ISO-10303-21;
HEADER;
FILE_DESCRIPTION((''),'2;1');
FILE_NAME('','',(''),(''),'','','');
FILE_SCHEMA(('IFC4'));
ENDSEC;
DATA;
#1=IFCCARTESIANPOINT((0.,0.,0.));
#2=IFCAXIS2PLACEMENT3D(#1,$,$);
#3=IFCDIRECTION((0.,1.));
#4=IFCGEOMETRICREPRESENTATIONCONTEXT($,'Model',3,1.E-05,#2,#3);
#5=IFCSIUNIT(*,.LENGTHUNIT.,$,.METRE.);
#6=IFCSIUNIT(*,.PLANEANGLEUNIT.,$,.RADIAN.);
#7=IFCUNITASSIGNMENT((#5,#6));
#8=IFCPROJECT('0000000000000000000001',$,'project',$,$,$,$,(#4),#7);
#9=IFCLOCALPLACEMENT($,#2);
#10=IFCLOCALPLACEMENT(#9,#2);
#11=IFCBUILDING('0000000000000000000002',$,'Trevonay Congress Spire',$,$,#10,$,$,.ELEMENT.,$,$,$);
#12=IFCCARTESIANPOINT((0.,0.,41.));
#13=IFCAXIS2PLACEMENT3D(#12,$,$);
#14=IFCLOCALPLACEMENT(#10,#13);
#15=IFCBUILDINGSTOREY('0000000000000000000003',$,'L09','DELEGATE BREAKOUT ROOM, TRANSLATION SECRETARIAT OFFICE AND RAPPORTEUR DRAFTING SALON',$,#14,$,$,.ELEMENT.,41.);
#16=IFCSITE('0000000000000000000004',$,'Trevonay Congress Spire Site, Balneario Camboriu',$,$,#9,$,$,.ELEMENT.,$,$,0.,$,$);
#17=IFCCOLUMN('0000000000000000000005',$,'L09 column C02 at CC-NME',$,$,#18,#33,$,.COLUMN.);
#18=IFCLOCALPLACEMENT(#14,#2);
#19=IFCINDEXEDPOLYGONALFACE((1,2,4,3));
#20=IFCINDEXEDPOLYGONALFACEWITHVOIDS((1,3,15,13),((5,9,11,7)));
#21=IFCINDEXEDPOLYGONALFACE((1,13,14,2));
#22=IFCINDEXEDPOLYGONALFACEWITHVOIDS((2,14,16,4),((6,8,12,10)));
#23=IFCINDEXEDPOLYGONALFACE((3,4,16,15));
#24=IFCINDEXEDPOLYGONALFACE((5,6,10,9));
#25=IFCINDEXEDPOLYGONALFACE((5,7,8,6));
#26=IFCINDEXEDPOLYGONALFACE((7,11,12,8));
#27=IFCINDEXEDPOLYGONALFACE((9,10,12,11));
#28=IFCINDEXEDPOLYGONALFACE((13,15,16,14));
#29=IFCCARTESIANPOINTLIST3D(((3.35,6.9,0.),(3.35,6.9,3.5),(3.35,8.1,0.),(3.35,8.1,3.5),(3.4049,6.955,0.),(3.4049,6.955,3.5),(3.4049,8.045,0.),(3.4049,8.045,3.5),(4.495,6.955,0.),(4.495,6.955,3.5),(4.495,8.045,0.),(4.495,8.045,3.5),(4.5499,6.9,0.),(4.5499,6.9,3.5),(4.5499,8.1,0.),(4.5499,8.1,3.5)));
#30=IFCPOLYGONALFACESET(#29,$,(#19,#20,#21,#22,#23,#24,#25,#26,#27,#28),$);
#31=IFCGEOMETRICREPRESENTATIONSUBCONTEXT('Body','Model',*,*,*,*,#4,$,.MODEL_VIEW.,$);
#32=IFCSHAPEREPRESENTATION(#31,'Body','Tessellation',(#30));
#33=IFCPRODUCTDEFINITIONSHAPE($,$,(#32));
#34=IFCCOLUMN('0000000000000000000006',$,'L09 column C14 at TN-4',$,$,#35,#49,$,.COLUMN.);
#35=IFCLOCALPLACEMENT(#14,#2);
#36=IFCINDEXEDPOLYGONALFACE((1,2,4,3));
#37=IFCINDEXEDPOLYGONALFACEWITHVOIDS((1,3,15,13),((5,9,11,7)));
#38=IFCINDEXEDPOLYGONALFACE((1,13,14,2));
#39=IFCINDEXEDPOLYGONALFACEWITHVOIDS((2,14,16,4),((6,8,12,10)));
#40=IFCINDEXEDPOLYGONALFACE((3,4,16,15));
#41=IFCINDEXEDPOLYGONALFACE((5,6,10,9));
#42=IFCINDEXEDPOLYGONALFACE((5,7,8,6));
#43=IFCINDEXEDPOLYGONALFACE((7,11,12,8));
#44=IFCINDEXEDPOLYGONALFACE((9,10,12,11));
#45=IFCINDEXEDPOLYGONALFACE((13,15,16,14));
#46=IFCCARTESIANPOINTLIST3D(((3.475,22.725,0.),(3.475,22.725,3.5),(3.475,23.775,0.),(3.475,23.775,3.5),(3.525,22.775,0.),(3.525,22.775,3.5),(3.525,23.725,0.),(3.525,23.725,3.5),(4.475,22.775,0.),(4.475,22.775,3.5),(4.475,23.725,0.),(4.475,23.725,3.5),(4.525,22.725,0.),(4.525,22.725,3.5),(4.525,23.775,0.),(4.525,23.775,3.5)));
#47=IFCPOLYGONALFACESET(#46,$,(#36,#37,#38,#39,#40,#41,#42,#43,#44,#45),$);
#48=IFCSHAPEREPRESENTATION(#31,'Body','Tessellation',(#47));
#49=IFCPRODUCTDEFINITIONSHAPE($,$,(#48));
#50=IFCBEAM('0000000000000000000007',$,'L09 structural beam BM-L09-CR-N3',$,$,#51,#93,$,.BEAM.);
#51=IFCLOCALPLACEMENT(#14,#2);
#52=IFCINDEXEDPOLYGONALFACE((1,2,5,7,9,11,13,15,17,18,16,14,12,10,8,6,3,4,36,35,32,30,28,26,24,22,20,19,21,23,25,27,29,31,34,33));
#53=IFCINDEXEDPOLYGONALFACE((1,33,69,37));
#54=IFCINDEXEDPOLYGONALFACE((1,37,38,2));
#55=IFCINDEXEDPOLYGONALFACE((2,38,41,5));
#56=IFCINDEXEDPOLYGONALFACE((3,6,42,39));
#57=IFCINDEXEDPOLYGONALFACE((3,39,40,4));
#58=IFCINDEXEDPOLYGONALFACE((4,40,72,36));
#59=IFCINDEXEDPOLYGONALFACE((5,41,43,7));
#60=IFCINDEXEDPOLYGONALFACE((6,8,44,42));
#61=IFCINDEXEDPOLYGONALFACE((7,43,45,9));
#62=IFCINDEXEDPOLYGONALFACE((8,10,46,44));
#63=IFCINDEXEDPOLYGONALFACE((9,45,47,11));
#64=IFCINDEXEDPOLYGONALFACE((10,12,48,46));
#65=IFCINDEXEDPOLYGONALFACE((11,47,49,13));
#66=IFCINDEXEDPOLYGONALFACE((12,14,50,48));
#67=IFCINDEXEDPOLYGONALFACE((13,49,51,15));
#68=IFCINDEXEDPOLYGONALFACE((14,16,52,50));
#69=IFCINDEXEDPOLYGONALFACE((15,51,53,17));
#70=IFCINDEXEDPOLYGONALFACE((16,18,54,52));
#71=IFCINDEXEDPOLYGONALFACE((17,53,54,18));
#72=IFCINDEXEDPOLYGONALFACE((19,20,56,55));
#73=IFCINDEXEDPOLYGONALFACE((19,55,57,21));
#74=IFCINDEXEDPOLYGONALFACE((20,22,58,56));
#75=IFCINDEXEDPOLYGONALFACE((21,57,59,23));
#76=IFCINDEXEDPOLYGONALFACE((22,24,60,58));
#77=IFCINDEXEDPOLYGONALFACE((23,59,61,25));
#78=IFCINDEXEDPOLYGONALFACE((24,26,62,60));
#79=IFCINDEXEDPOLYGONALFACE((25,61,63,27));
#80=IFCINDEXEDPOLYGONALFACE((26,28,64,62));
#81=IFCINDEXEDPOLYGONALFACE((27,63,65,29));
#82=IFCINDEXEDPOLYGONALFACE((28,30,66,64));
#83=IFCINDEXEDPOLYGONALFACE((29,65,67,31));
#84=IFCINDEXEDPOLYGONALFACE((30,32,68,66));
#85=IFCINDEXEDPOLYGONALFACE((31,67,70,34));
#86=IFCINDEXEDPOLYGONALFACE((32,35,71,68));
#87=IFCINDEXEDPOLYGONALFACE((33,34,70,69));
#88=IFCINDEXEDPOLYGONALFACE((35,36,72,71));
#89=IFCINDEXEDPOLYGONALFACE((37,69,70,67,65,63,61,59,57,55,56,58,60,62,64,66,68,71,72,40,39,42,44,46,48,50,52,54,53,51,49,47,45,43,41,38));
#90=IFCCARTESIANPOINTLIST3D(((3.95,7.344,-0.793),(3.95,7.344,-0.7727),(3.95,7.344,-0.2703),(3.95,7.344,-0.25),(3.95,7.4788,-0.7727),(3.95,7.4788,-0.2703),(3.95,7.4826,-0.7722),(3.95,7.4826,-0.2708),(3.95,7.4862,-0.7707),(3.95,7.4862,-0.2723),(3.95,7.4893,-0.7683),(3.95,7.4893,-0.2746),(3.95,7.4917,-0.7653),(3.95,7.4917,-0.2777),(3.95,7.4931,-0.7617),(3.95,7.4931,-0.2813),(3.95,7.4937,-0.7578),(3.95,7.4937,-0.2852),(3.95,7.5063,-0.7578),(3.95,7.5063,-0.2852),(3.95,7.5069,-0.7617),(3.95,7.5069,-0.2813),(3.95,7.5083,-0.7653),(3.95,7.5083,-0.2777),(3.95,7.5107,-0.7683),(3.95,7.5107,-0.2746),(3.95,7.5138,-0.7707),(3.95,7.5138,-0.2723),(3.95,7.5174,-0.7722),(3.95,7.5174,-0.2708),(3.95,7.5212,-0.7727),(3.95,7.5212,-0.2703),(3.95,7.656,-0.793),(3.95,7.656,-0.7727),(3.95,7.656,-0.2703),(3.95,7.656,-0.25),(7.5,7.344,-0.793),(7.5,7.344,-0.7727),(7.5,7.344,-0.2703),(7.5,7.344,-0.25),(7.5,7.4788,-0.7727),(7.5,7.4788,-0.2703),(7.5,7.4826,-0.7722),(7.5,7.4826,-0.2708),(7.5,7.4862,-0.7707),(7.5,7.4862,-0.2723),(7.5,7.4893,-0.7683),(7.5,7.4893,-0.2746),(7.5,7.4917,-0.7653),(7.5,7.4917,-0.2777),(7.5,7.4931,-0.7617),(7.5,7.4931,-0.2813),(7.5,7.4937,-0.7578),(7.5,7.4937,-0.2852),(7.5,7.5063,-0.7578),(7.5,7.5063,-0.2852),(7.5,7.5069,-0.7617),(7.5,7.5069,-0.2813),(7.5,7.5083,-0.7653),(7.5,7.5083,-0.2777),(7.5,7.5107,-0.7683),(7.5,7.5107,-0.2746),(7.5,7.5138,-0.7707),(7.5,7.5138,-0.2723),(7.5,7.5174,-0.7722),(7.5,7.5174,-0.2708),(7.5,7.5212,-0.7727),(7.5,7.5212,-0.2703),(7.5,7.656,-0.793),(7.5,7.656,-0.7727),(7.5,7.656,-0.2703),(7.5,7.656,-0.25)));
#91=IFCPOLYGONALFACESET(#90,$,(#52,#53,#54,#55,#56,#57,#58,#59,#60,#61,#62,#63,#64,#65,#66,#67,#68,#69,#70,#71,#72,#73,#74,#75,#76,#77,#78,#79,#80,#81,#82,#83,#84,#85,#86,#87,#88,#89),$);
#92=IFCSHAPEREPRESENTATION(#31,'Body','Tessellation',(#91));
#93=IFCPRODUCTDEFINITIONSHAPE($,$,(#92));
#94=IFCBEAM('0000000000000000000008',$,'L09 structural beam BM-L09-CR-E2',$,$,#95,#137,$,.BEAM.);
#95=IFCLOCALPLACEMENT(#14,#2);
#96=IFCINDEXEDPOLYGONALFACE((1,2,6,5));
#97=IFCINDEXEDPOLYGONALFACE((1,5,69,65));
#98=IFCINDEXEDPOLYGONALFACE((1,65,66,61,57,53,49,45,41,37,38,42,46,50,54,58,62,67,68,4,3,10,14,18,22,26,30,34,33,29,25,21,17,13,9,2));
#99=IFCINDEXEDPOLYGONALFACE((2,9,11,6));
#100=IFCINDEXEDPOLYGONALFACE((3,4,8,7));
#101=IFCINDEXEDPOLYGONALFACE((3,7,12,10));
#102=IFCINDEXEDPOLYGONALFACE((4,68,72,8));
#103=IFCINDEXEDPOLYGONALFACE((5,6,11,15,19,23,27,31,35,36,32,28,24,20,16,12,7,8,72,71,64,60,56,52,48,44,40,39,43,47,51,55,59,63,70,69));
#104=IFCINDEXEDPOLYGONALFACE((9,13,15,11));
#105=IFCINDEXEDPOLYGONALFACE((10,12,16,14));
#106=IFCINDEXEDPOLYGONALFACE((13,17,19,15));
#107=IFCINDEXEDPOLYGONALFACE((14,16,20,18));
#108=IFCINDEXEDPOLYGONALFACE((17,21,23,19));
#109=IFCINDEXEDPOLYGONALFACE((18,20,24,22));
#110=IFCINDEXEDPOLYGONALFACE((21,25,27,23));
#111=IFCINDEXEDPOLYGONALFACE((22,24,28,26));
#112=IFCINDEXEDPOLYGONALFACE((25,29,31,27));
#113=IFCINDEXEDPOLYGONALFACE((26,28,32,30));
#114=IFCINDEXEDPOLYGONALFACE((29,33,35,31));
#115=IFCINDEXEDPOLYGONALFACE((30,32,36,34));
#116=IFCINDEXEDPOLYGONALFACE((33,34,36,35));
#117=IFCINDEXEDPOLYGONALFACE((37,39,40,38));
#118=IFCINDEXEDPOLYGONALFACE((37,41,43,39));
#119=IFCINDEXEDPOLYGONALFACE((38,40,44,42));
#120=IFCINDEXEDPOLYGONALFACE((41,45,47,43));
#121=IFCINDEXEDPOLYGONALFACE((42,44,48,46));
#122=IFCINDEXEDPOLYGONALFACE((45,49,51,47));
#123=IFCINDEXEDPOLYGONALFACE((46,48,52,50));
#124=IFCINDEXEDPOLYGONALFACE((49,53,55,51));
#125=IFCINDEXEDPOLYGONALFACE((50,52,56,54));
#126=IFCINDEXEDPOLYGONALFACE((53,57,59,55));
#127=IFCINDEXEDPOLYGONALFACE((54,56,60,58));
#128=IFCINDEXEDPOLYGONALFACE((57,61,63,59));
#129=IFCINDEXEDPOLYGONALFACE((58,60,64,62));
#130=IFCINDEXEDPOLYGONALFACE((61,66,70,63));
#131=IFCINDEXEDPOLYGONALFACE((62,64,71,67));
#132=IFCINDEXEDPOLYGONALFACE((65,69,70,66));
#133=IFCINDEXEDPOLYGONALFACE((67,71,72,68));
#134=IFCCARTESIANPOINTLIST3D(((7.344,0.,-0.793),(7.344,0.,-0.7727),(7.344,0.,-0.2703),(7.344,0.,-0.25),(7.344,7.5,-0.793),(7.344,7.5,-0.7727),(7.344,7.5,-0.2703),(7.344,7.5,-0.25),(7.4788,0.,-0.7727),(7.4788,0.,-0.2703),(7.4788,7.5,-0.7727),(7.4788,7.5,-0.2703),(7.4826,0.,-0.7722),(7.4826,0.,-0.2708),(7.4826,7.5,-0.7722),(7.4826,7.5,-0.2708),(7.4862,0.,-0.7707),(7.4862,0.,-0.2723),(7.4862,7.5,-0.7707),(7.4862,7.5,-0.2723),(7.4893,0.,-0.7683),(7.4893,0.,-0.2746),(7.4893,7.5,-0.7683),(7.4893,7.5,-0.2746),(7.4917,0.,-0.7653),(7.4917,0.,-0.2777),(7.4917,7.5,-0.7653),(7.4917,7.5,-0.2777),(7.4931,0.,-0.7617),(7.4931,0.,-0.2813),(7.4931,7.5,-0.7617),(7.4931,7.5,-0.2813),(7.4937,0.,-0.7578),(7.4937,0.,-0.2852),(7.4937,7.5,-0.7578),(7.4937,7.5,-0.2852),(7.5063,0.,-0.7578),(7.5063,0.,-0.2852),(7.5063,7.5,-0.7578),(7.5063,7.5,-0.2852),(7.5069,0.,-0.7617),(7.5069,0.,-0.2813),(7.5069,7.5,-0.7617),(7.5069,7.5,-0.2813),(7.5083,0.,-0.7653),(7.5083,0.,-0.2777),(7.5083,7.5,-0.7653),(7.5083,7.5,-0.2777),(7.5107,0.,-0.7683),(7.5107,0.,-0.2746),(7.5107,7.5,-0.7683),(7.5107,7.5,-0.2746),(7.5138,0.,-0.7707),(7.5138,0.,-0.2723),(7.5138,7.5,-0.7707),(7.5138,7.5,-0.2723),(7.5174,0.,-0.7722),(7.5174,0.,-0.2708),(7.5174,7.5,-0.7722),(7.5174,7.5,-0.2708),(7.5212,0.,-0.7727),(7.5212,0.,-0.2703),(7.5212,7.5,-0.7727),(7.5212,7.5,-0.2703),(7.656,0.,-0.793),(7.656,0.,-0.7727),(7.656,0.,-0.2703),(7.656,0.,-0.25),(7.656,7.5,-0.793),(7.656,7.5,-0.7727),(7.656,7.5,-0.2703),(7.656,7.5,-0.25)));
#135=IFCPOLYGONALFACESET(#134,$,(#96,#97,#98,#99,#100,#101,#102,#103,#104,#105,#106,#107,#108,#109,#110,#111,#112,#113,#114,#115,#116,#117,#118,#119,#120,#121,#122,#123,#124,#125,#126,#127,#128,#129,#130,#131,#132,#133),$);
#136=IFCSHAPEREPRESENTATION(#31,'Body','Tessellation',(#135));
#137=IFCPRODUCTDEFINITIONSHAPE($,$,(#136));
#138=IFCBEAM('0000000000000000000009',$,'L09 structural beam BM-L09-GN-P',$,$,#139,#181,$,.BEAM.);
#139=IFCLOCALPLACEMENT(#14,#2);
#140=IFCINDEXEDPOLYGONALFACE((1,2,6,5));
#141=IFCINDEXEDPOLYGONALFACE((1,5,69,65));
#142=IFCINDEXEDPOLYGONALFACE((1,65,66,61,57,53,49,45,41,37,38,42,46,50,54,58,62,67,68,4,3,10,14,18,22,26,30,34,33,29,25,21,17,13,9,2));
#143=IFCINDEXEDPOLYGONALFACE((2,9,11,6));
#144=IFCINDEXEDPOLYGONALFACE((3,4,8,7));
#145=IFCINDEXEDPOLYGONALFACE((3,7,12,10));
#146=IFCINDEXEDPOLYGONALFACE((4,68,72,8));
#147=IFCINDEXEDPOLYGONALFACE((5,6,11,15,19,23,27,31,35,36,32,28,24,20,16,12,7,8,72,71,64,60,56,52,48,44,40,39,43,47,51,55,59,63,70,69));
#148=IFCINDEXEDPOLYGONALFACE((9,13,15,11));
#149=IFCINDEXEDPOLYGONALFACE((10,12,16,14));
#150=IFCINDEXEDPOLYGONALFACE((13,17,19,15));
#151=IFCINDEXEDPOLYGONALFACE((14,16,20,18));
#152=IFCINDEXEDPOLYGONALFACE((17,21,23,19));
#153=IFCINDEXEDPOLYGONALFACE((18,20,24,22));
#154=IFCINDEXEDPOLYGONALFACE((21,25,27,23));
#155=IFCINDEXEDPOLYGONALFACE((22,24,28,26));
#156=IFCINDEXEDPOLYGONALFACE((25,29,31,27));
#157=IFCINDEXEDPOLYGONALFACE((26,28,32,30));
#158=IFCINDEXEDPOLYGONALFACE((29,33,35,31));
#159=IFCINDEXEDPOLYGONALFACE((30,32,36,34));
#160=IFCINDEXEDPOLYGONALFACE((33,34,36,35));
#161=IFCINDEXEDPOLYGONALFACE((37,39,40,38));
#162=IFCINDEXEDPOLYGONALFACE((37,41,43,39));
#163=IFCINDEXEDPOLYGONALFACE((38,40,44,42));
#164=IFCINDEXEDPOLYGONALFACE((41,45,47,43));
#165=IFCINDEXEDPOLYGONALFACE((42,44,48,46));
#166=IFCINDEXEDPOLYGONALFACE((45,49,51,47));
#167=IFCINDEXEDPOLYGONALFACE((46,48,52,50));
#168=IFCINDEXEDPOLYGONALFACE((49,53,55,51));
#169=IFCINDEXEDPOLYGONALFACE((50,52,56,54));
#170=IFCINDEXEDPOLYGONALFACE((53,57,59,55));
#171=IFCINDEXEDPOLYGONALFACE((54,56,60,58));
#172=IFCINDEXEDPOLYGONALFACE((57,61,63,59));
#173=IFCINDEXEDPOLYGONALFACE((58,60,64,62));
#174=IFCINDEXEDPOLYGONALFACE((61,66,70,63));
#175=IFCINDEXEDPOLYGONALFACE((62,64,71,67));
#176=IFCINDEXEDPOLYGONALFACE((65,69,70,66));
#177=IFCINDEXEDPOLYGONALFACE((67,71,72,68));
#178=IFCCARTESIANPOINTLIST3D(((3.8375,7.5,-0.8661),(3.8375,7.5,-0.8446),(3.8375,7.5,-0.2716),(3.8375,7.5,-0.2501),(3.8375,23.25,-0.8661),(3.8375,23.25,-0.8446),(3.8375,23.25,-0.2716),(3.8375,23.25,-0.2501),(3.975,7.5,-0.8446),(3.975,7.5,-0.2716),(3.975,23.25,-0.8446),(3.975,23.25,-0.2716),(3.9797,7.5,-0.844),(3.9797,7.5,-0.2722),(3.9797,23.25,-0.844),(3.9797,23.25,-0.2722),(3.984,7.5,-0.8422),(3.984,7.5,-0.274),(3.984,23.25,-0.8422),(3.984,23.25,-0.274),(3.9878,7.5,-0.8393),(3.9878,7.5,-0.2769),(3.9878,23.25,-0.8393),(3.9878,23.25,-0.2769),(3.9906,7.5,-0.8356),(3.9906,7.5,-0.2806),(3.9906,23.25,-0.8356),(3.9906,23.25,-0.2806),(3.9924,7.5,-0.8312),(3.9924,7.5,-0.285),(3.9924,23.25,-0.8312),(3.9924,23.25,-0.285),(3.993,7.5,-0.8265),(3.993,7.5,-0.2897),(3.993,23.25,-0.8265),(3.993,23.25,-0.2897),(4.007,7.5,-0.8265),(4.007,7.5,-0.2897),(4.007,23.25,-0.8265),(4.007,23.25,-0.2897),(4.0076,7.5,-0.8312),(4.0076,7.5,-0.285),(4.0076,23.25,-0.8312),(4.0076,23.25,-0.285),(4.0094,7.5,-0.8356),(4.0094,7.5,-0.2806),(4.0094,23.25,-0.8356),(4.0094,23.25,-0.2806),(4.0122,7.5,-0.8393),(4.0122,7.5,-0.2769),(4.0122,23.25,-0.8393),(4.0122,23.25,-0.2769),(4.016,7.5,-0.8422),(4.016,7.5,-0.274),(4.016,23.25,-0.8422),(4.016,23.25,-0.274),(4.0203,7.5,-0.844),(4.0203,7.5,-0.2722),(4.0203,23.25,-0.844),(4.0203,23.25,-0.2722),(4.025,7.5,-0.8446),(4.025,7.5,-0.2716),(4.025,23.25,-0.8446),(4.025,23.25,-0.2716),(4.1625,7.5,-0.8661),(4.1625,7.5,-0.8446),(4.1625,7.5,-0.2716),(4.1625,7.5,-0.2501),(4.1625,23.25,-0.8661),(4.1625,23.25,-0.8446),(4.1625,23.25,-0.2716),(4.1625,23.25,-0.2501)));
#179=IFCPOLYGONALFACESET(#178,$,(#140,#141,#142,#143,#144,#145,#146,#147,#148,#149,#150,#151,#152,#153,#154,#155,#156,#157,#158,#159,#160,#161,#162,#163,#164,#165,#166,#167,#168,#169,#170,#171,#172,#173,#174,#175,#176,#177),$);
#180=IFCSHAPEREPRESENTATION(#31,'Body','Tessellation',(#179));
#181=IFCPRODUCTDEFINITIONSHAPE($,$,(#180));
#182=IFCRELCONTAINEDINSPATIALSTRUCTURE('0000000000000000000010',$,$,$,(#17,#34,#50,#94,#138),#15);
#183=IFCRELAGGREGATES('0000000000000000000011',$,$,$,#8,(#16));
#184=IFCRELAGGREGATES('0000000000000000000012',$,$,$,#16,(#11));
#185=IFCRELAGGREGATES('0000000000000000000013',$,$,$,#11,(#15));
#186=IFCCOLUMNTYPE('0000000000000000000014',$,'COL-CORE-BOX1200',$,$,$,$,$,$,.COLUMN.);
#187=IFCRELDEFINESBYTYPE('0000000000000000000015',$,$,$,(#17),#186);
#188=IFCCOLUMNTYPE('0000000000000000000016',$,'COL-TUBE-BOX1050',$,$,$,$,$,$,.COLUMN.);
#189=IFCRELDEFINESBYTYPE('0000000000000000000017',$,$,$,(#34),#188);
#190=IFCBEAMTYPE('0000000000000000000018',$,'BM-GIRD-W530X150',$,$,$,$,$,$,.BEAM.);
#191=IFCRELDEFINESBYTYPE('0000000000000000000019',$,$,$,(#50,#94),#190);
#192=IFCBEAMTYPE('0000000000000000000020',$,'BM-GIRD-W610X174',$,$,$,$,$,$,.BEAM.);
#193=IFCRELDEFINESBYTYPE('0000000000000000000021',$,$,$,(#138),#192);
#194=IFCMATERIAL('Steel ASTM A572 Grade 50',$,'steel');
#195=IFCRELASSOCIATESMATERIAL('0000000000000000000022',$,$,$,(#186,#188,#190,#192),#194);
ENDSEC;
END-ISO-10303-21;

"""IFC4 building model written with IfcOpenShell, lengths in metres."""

from ifc_helpers import new_model, si_unit, direction, frame, origin, origin_2d, place, context, subcontext, project, spatial, hollow_rectangle, i_section, extrude, material, material_profile, profile_set, type_object, element, save


model = new_model("IFC4")

# Units and contexts
model_context = context("Model", 3, precision=1e-05, world=origin(), true_north=direction((0.0, 1.0)))
body_context = subcontext(model_context, "Body", "Model", "MODEL_VIEW")
ifc_project = project(units=[si_unit("LENGTHUNIT", "METRE"), si_unit("PLANEANGLEUNIT", "RADIAN")], contexts=[model_context])

# Site, building, storey
site_placement = place(None, origin())
site = spatial("IfcSite", under=ifc_project, at=site_placement, Name="Trevonay Congress Spire Site, Balneario Camboriu", CompositionType="ELEMENT", RefElevation=0.0)
building_placement = place(site_placement, origin())
building = spatial("IfcBuilding", under=site, at=building_placement, Name="Trevonay Congress Spire", CompositionType="ELEMENT")
storey_placement = place(building_placement, frame((0.0, 0.0, 41.0)))
storey = spatial("IfcBuildingStorey", under=building, at=storey_placement, Name="L09", Description="DELEGATE BREAKOUT ROOM, TRANSLATION SECRETARIAT OFFICE AND RAPPORTEUR DRAFTING SALON", CompositionType="ELEMENT", Elevation=41.0)

# Columns
ifc_material_1 = material(Name="Steel ASTM A572 Grade 50", Category="steel")
ifc_material_profile_1 = material_profile(ifc_material_1, hollow_rectangle(XDim=1.2, YDim=1.2, WallThickness=0.0549, at=origin_2d()), Name="BOX 1200x1200x55")
ifc_profile_set_1 = profile_set([ifc_material_profile_1], Name="Steel ASTM A572 Grade 50")
column_type_1 = type_object("IfcColumnType", Name="COL-CORE-BOX1200", PredefinedType="COLUMN", material=ifc_profile_set_1)
column_1_placement = place(storey_placement, frame((3.95, 7.5, 0.0), z_axis=(0.0, 0.0, 1.0), x_axis=(1.0, 0.0, 0.0)))
element("IfcColumn", 1, at=column_1_placement, inside=storey, type_object=column_type_1, Name="L09 column C02 at CC-NME", PredefinedType="COLUMN", context=body_context, shape_type="SweptSolid", body=[
    extrude(hollow_rectangle(XDim=1.2, YDim=1.2, WallThickness=0.0549, at=origin_2d()), origin(), (0.0, 0.0, 1.0), 3.5),
])
ifc_material_profile_2 = material_profile(ifc_material_1, hollow_rectangle(XDim=1.05, YDim=1.05, WallThickness=0.05, at=origin_2d()), Name="BOX 1050x1050x50")
ifc_profile_set_2 = profile_set([ifc_material_profile_2], Name="Steel ASTM A572 Grade 50")
column_type_2 = type_object("IfcColumnType", Name="COL-TUBE-BOX1050", PredefinedType="COLUMN", material=ifc_profile_set_2)
column_2_placement = place(storey_placement, frame((4.0, 23.25, 0.0), z_axis=(0.0, 0.0, 1.0), x_axis=(1.0, 0.0, 0.0)))
element("IfcColumn", 2, at=column_2_placement, inside=storey, type_object=column_type_2, Name="L09 column C14 at TN-4", PredefinedType="COLUMN", context=body_context, shape_type="SweptSolid", body=[
    extrude(hollow_rectangle(XDim=1.05, YDim=1.05, WallThickness=0.05, at=origin_2d()), origin(), (0.0, 0.0, 1.0), 3.5),
])

# Beams
ifc_material_profile_3 = material_profile(ifc_material_1, i_section(OverallWidth=0.312, OverallDepth=0.543, WebThickness=0.0127, FlangeThickness=0.0203, FilletRadius=0.0149, at=origin_2d()), Name="W530x150")
ifc_profile_set_3 = profile_set([ifc_material_profile_3], Name="Steel ASTM A572 Grade 50")
beam_type_1 = type_object("IfcBeamType", Name="BM-GIRD-W530X150", PredefinedType="BEAM", material=ifc_profile_set_3)
beam_1_placement = place(storey_placement, frame((3.95, 7.5, -0.5215), z_axis=(1.0, 0.0, 0.0), x_axis=(0.0, 1.0, 0.0)))
element("IfcBeam", 3, at=beam_1_placement, inside=storey, type_object=beam_type_1, Name="L09 structural beam BM-L09-CR-N3", PredefinedType="BEAM", context=body_context, shape_type="SweptSolid", body=[
    extrude(i_section(OverallWidth=0.312, OverallDepth=0.543, WebThickness=0.0127, FlangeThickness=0.0203, FilletRadius=0.0149, at=origin_2d()), origin(), (0.0, 0.0, 1.0), 3.55),
])
beam_2_placement = place(storey_placement, frame((7.5, 0.0, -0.5215), z_axis=(0.0, 1.0, 0.0), x_axis=(-1.0, 0.0, 0.0)))
element("IfcBeam", 4, at=beam_2_placement, inside=storey, type_object=beam_type_1, Name="L09 structural beam BM-L09-CR-E2", PredefinedType="BEAM", context=body_context, shape_type="SweptSolid", body=[
    extrude(i_section(OverallWidth=0.312, OverallDepth=0.543, WebThickness=0.0127, FlangeThickness=0.0203, FilletRadius=0.0149, at=origin_2d()), origin(), (0.0, 0.0, 1.0), 7.5),
])
ifc_material_profile_4 = material_profile(ifc_material_1, i_section(OverallWidth=0.325, OverallDepth=0.616, WebThickness=0.0139, FlangeThickness=0.0215, FilletRadius=0.0181, at=origin_2d()), Name="W610x174")
ifc_profile_set_4 = profile_set([ifc_material_profile_4], Name="Steel ASTM A572 Grade 50")
beam_type_2 = type_object("IfcBeamType", Name="BM-GIRD-W610X174", PredefinedType="BEAM", material=ifc_profile_set_4)
for number, where, z_axis, x_axis, name in (
    (5, (4.0, 7.5, -0.5581), (0.0, 1.0, 0.0), (-1.0, 0.0, 0.0), "L09 structural beam BM-L09-GN-P"),
):
    element("IfcBeam", number, at=place(storey_placement, frame(where, z_axis=z_axis, x_axis=x_axis)), inside=storey, type_object=beam_type_2, Name=name, PredefinedType="BEAM", context=body_context, shape_type="SweptSolid", body=[
        extrude(i_section(OverallWidth=0.325, OverallDepth=0.616, WebThickness=0.0139, FlangeThickness=0.0215, FilletRadius=0.0181, at=origin_2d()), origin(), (0.0, 0.0, 1.0), 15.75),
    ])

save(model, "model.ifc")
